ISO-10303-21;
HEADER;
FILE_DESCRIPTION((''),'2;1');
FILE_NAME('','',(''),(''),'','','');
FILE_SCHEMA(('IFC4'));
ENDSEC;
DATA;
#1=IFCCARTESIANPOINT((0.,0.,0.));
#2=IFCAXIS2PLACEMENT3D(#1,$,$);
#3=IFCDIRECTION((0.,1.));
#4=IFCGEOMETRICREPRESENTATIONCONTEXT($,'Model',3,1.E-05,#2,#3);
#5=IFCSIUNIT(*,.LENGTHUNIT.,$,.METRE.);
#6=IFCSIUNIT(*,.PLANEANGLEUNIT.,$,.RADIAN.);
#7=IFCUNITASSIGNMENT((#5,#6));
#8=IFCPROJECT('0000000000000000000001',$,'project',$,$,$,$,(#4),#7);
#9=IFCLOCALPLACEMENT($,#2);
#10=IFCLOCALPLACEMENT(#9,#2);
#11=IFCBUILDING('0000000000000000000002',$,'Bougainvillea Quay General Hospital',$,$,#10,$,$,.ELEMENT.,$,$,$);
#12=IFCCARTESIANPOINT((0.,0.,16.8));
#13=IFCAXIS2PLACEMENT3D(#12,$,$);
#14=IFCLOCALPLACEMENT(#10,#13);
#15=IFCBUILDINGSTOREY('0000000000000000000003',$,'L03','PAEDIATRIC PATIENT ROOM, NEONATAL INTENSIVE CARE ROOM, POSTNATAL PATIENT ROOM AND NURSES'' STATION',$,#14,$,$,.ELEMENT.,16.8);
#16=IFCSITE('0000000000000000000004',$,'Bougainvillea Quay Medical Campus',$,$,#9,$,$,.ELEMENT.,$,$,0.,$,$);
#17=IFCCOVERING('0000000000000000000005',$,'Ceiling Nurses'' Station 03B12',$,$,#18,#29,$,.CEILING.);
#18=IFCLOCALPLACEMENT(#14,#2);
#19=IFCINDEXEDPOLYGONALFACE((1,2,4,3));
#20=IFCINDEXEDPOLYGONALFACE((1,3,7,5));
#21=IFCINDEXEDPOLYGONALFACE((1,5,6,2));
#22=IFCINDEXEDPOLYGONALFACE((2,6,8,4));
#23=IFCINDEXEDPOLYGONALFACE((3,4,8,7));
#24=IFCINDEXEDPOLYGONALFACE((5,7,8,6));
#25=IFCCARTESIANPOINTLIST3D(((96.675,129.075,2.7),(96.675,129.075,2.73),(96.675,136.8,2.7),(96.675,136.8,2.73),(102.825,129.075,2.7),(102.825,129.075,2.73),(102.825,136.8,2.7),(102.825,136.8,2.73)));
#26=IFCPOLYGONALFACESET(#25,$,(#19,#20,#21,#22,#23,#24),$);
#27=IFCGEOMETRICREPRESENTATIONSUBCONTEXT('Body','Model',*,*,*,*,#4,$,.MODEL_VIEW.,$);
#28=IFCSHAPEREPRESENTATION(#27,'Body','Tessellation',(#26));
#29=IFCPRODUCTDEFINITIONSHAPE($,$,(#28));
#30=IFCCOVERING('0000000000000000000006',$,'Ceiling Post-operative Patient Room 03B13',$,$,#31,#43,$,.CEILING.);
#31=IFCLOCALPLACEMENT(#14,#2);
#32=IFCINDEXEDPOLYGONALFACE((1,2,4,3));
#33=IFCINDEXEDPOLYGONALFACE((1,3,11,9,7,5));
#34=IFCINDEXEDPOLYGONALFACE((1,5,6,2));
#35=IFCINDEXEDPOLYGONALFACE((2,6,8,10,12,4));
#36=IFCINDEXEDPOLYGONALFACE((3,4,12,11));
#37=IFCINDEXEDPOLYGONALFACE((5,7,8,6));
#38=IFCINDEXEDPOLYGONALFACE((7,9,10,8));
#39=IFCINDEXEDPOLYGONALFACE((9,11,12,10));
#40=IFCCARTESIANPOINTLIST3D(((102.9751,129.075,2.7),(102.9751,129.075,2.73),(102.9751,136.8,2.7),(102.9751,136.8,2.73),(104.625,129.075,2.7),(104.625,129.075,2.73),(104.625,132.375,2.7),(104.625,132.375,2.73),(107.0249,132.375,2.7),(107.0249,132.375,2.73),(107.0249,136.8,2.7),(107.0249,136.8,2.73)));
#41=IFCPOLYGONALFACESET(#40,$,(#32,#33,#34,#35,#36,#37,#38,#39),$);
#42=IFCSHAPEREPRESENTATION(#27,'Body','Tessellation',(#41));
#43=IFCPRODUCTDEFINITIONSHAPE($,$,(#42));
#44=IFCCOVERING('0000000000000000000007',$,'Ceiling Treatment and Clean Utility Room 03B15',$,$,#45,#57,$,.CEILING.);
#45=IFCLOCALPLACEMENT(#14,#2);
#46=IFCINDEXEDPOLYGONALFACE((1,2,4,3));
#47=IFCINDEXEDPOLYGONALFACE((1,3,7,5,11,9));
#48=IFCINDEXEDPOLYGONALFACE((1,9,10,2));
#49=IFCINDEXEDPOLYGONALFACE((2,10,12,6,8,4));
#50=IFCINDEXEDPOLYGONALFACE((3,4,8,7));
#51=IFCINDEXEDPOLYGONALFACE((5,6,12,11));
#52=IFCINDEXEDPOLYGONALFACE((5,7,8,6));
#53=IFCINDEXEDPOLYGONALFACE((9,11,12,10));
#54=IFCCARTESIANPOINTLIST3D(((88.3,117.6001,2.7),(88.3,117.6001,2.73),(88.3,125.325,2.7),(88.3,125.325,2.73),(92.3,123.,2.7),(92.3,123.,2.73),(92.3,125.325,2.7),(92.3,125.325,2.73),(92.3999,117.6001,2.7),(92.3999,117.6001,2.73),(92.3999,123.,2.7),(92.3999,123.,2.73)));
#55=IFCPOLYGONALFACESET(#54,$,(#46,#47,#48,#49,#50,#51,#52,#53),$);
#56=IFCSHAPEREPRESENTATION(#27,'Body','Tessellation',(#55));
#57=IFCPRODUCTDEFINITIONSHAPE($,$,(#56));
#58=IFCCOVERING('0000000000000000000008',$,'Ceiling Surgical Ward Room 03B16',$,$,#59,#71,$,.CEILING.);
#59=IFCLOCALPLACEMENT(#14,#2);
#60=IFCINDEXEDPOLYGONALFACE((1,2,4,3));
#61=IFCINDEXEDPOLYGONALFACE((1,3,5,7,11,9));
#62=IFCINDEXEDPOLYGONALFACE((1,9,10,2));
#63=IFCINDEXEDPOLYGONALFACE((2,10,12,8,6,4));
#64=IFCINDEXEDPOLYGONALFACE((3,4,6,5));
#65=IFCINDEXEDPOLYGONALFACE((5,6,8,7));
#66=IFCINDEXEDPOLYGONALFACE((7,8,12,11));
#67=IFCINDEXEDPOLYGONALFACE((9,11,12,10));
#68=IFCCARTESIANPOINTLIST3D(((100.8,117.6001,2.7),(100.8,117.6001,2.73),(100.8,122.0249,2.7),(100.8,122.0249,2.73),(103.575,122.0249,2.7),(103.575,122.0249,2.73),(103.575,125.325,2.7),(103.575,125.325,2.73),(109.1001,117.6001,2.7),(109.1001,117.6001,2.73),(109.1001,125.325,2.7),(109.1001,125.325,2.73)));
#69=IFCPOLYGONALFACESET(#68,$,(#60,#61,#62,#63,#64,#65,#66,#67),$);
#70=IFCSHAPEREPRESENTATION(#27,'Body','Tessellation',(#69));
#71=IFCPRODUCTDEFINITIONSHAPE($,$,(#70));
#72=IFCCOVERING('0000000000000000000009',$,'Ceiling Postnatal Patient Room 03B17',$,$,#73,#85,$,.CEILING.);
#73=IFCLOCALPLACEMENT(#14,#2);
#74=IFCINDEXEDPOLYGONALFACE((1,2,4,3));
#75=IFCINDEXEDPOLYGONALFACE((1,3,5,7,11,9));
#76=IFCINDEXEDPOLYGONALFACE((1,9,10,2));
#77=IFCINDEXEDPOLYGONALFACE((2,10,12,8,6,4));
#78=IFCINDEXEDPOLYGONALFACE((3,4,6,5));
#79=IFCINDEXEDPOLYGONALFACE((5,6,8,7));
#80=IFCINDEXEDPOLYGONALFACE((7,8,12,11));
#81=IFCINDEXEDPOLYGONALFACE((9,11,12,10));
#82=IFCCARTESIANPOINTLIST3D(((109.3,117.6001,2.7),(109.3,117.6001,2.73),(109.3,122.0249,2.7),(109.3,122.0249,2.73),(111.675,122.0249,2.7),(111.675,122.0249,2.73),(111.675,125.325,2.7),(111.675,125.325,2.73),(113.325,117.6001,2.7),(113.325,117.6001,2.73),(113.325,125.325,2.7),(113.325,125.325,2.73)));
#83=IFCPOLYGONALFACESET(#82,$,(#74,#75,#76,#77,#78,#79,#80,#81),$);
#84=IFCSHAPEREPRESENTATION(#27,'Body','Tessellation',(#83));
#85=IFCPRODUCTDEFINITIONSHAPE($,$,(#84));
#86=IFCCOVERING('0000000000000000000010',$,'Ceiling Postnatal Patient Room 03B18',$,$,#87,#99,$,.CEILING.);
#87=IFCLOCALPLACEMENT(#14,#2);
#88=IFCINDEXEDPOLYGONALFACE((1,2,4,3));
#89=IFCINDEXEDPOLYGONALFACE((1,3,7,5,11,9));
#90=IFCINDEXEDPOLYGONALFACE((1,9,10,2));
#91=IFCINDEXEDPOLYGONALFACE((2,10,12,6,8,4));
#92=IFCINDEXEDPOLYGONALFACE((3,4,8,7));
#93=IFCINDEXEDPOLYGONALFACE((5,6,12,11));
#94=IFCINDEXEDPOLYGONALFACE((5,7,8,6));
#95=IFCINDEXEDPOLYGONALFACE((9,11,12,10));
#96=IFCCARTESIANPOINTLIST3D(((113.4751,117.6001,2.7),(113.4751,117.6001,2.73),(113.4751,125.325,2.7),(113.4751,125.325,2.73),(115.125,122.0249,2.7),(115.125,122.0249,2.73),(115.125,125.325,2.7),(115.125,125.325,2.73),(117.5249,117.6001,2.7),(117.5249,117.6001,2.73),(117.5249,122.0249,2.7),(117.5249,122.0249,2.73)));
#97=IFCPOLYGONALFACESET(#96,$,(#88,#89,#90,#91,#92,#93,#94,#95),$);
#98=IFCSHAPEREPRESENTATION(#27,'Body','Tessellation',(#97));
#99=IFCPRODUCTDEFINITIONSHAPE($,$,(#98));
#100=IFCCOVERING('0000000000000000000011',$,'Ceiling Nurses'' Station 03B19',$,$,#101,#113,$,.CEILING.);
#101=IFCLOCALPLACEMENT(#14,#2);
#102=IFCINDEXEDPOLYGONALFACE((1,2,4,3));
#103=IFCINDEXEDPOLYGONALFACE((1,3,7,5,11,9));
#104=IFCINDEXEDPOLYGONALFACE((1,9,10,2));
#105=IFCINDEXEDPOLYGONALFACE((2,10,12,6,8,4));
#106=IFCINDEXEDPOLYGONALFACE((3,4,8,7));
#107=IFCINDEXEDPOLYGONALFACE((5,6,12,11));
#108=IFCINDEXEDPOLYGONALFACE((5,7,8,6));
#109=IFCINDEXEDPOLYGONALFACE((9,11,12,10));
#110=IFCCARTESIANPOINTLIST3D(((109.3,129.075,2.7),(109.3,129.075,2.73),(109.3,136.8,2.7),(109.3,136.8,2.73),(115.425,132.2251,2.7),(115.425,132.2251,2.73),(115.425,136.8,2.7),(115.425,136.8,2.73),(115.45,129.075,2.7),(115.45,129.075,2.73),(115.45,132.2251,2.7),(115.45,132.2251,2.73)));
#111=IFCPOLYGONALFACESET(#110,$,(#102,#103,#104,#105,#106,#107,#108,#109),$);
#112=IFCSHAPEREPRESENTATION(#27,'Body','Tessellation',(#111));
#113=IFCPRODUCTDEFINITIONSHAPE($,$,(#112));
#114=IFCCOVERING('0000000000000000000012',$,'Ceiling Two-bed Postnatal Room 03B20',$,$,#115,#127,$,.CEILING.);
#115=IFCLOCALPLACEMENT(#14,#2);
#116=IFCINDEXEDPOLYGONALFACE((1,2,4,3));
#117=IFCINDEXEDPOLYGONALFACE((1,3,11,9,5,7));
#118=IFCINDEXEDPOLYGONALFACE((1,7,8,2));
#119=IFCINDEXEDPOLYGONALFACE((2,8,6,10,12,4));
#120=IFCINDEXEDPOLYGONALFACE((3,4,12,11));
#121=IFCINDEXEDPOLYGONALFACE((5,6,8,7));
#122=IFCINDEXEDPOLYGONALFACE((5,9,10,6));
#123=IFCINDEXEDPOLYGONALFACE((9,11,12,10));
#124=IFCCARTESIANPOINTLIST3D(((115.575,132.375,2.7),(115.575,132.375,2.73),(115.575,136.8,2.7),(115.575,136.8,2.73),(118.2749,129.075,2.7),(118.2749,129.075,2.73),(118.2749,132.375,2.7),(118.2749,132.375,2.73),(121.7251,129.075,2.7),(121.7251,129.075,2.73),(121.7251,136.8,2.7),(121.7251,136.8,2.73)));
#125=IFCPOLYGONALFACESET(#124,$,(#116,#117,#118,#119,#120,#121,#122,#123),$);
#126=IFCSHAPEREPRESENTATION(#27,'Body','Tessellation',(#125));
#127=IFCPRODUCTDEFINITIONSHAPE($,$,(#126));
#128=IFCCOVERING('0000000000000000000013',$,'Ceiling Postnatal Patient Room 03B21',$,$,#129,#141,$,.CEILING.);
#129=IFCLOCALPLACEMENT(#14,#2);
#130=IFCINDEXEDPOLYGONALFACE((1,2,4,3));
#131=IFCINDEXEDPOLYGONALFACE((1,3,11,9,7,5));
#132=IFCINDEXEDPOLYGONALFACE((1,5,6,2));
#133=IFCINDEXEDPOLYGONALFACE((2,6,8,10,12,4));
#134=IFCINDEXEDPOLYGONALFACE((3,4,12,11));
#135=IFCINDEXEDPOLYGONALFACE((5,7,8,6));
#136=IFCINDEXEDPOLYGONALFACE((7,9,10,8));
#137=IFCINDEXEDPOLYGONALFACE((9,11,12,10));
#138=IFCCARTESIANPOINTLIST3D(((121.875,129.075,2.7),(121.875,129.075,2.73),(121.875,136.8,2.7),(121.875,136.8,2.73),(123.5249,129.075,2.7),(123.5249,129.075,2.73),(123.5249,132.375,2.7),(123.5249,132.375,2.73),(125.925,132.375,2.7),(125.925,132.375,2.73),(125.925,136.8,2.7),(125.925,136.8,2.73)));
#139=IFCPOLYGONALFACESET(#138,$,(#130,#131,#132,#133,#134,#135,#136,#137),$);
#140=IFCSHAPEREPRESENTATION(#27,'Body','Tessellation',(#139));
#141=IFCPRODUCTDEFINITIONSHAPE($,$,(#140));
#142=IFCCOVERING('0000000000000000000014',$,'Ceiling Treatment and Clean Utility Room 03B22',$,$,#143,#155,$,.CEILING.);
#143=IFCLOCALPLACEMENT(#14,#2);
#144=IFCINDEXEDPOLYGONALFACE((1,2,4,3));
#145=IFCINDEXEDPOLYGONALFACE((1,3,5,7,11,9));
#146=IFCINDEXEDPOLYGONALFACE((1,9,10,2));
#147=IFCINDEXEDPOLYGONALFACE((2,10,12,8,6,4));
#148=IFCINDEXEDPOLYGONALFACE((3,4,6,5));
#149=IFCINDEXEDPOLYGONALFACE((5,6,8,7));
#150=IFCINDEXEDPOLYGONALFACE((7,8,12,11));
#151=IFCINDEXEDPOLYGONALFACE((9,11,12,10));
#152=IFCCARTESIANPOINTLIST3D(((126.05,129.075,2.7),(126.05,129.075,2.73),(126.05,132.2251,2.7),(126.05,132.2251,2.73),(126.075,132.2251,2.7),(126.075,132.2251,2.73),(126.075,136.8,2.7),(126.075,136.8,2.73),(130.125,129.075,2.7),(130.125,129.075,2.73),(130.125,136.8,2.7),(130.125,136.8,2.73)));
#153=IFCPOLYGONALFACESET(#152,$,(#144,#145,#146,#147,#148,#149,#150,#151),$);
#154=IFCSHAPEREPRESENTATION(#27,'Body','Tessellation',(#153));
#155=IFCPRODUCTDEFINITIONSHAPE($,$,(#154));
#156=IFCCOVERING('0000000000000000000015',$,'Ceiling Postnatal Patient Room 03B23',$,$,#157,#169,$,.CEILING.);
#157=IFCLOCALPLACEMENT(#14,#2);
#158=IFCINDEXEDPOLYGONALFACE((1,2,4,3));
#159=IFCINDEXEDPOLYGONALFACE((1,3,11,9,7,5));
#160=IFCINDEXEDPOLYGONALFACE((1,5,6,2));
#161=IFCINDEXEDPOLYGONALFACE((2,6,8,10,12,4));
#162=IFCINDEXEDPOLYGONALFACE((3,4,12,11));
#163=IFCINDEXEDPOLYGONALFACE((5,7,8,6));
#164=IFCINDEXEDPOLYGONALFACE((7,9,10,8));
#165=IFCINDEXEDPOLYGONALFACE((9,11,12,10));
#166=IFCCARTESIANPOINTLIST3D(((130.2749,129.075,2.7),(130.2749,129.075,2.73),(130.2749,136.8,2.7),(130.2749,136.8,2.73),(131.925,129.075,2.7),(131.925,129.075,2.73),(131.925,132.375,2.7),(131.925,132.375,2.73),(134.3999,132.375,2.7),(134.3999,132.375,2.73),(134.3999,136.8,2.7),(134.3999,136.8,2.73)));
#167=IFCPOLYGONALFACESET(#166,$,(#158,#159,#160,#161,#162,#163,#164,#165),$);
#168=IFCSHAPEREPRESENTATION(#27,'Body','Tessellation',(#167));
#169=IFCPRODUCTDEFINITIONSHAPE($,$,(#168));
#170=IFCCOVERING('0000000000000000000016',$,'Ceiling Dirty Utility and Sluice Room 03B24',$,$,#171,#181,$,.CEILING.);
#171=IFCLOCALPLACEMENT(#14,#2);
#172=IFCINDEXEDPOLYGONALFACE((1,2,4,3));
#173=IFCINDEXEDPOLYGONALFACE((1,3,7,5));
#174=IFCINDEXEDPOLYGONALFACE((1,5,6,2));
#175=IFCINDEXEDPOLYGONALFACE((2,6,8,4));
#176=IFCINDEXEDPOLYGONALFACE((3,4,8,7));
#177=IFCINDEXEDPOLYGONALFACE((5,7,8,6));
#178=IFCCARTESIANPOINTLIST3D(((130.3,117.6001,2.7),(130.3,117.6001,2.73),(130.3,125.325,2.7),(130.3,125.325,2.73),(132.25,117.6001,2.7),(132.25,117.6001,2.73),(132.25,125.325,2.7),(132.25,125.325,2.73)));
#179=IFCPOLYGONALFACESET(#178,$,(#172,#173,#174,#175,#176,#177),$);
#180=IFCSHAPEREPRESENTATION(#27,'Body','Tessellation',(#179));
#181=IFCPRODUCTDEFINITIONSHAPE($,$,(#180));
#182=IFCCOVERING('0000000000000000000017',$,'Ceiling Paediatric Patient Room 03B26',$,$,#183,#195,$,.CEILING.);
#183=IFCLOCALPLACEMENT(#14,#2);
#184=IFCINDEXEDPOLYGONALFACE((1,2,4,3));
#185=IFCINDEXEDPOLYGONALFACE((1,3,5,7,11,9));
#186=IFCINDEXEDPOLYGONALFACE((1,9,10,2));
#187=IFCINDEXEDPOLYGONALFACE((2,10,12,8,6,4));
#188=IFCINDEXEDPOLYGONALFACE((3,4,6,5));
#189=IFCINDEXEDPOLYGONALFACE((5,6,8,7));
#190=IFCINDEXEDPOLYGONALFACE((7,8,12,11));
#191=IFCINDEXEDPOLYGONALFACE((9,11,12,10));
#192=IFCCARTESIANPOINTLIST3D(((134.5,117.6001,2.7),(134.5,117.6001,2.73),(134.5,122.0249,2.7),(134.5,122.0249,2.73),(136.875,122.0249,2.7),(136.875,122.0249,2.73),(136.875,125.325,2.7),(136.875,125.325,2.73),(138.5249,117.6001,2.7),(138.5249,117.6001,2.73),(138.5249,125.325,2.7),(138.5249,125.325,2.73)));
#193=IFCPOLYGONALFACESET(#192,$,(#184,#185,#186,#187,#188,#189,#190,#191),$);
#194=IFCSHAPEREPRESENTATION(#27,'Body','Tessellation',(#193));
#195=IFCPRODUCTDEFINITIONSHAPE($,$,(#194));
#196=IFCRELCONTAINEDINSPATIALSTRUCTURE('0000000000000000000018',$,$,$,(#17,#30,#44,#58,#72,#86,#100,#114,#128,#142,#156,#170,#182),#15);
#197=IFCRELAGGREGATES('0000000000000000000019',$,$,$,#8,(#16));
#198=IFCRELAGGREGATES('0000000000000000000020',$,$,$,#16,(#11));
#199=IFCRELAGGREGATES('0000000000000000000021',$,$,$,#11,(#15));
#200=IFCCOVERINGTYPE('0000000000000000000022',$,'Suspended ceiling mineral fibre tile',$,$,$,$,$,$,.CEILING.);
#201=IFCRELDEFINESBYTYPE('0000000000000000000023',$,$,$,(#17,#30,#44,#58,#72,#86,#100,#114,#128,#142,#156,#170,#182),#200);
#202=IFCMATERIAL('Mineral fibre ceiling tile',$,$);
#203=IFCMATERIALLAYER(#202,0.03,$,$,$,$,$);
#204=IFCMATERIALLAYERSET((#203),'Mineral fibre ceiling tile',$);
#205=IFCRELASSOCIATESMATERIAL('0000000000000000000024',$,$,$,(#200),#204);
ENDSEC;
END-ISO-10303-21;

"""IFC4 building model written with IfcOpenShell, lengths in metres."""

from ifc_helpers import new_model, si_unit, direction, frame, origin, place, context, subcontext, project, spatial, polyline, outline, extrude, material, layer, layer_set, type_object, element, save


model = new_model("IFC4")

# Units and contexts
model_context = context("Model", 3, precision=1e-05, world=origin(), true_north=direction((0.0, 1.0)))
body_context = subcontext(model_context, "Body", "Model", "MODEL_VIEW")
ifc_project = project(units=[si_unit("LENGTHUNIT", "METRE"), si_unit("PLANEANGLEUNIT", "RADIAN")], contexts=[model_context])

# Site, building, storey
site_placement = place(None, origin())
site = spatial("IfcSite", under=ifc_project, at=site_placement, Name="Bougainvillea Quay Medical Campus", CompositionType="ELEMENT", RefElevation=0.0)
building_placement = place(site_placement, origin())
building = spatial("IfcBuilding", under=site, at=building_placement, Name="Bougainvillea Quay General Hospital", CompositionType="ELEMENT")
storey_placement = place(building_placement, frame((0.0, 0.0, 16.8)))
storey = spatial("IfcBuildingStorey", under=building, at=storey_placement, Name="L03", Description="PAEDIATRIC PATIENT ROOM, NEONATAL INTENSIVE CARE ROOM, POSTNATAL PATIENT ROOM AND NURSES' STATION", CompositionType="ELEMENT", Elevation=16.8)

# Coverings
ifc_material = material(Name="Mineral fibre ceiling tile")
ifc_layer = layer(ifc_material, 0.03)
ifc_layer_set = layer_set([ifc_layer], Name="Mineral fibre ceiling tile")
covering_type = type_object("IfcCoveringType", Name="Suspended ceiling mineral fibre tile", PredefinedType="CEILING", material=ifc_layer_set)
covering_1_placement = place(storey_placement, frame((0.0, 0.0, 2.7)))
element("IfcCovering", 1, at=covering_1_placement, inside=storey, type_object=covering_type, Name="Ceiling Nurses' Station 03B12", PredefinedType="CEILING", context=body_context, shape_type="SweptSolid", body=[
    extrude(outline(polyline([(96.675, 136.8), (96.675, 129.075), (102.825, 129.075), (102.825, 136.8), (96.675, 136.8)])), origin(), (0.0, 0.0, 1.0), 0.03),
])
covering_2_placement = place(storey_placement, frame((0.0, 0.0, 2.7)))
element("IfcCovering", 2, at=covering_2_placement, inside=storey, type_object=covering_type, Name="Ceiling Post-operative Patient Room 03B13", PredefinedType="CEILING", context=body_context, shape_type="SweptSolid", body=[
    extrude(outline(polyline([(102.9751, 136.8), (102.9751, 129.075), (104.625, 129.075), (104.625, 132.375), (107.0249, 132.375), (107.0249, 136.8), (102.9751, 136.8)])), origin(), (0.0, 0.0, 1.0), 0.03),
])
covering_3_placement = place(storey_placement, frame((0.0, 0.0, 2.7)))
element("IfcCovering", 3, at=covering_3_placement, inside=storey, type_object=covering_type, Name="Ceiling Treatment and Clean Utility Room 03B15", PredefinedType="CEILING", context=body_context, shape_type="SweptSolid", body=[
    extrude(outline(polyline([(92.3999, 123.0), (92.3, 123.0), (92.3, 125.325), (88.3, 125.325), (88.3, 117.6001), (92.3999, 117.6001), (92.3999, 123.0)])), origin(), (0.0, 0.0, 1.0), 0.03),
])
covering_4_placement = place(storey_placement, frame((0.0, 0.0, 2.7)))
element("IfcCovering", 4, at=covering_4_placement, inside=storey, type_object=covering_type, Name="Ceiling Surgical Ward Room 03B16", PredefinedType="CEILING", context=body_context, shape_type="SweptSolid", body=[
    extrude(outline(polyline([(109.1001, 117.6001), (109.1001, 125.325), (103.575, 125.325), (103.575, 122.0249), (100.8, 122.0249), (100.8, 117.6001), (109.1001, 117.6001)])), origin(), (0.0, 0.0, 1.0), 0.03),
])
covering_5_placement = place(storey_placement, frame((0.0, 0.0, 2.7)))
element("IfcCovering", 5, at=covering_5_placement, inside=storey, type_object=covering_type, Name="Ceiling Postnatal Patient Room 03B17", PredefinedType="CEILING", context=body_context, shape_type="SweptSolid", body=[
    extrude(outline(polyline([(113.325, 117.6001), (113.325, 125.325), (111.675, 125.325), (111.675, 122.0249), (109.3, 122.0249), (109.3, 117.6001), (113.325, 117.6001)])), origin(), (0.0, 0.0, 1.0), 0.03),
])
covering_6_placement = place(storey_placement, frame((0.0, 0.0, 2.7)))
element("IfcCovering", 6, at=covering_6_placement, inside=storey, type_object=covering_type, Name="Ceiling Postnatal Patient Room 03B18", PredefinedType="CEILING", context=body_context, shape_type="SweptSolid", body=[
    extrude(outline(polyline([(117.5249, 117.6001), (117.5249, 122.0249), (115.125, 122.0249), (115.125, 125.325), (113.4751, 125.325), (113.4751, 117.6001), (117.5249, 117.6001)])), origin(), (0.0, 0.0, 1.0), 0.03),
])
covering_7_placement = place(storey_placement, frame((0.0, 0.0, 2.7)))
element("IfcCovering", 7, at=covering_7_placement, inside=storey, type_object=covering_type, Name="Ceiling Nurses' Station 03B19", PredefinedType="CEILING", context=body_context, shape_type="SweptSolid", body=[
    extrude(outline(polyline([(109.3, 136.8), (109.3, 129.075), (115.45, 129.075), (115.45, 132.2251), (115.425, 132.2251), (115.425, 136.8), (109.3, 136.8)])), origin(), (0.0, 0.0, 1.0), 0.03),
])
covering_8_placement = place(storey_placement, frame((0.0, 0.0, 2.7)))
element("IfcCovering", 8, at=covering_8_placement, inside=storey, type_object=covering_type, Name="Ceiling Two-bed Postnatal Room 03B20", PredefinedType="CEILING", context=body_context, shape_type="SweptSolid", body=[
    extrude(outline(polyline([(115.575, 136.8), (115.575, 132.375), (118.2749, 132.375), (118.2749, 129.075), (121.7251, 129.075), (121.7251, 136.8), (115.575, 136.8)])), origin(), (0.0, 0.0, 1.0), 0.03),
])
covering_9_placement = place(storey_placement, frame((0.0, 0.0, 2.7)))
element("IfcCovering", 9, at=covering_9_placement, inside=storey, type_object=covering_type, Name="Ceiling Postnatal Patient Room 03B21", PredefinedType="CEILING", context=body_context, shape_type="SweptSolid", body=[
    extrude(outline(polyline([(121.875, 136.8), (121.875, 129.075), (123.5249, 129.075), (123.5249, 132.375), (125.925, 132.375), (125.925, 136.8), (121.875, 136.8)])), origin(), (0.0, 0.0, 1.0), 0.03),
])
covering_10_placement = place(storey_placement, frame((0.0, 0.0, 2.7)))
element("IfcCovering", 10, at=covering_10_placement, inside=storey, type_object=covering_type, Name="Ceiling Treatment and Clean Utility Room 03B22", PredefinedType="CEILING", context=body_context, shape_type="SweptSolid", body=[
    extrude(outline(polyline([(126.075, 136.8), (126.075, 132.2251), (126.05, 132.2251), (126.05, 129.075), (130.125, 129.075), (130.125, 136.8), (126.075, 136.8)])), origin(), (0.0, 0.0, 1.0), 0.03),
])
covering_11_placement = place(storey_placement, frame((0.0, 0.0, 2.7)))
element("IfcCovering", 11, at=covering_11_placement, inside=storey, type_object=covering_type, Name="Ceiling Postnatal Patient Room 03B23", PredefinedType="CEILING", context=body_context, shape_type="SweptSolid", body=[
    extrude(outline(polyline([(130.2749, 136.8), (130.2749, 129.075), (131.925, 129.075), (131.925, 132.375), (134.3999, 132.375), (134.3999, 136.8), (130.2749, 136.8)])), origin(), (0.0, 0.0, 1.0), 0.03),
])
covering_12_placement = place(storey_placement, frame((0.0, 0.0, 2.7)))
element("IfcCovering", 12, at=covering_12_placement, inside=storey, type_object=covering_type, Name="Ceiling Dirty Utility and Sluice Room 03B24", PredefinedType="CEILING", context=body_context, shape_type="SweptSolid", body=[
    extrude(outline(polyline([(132.25, 117.6001), (132.25, 125.325), (130.3, 125.325), (130.3, 117.6001), (132.25, 117.6001)])), origin(), (0.0, 0.0, 1.0), 0.03),
])
covering_13_placement = place(storey_placement, frame((0.0, 0.0, 2.7)))
element("IfcCovering", 13, at=covering_13_placement, inside=storey, type_object=covering_type, Name="Ceiling Paediatric Patient Room 03B26", PredefinedType="CEILING", context=body_context, shape_type="SweptSolid", body=[
    extrude(outline(polyline([(138.5249, 117.6001), (138.5249, 125.325), (136.875, 125.325), (136.875, 122.0249), (134.5, 122.0249), (134.5, 117.6001), (138.5249, 117.6001)])), origin(), (0.0, 0.0, 1.0), 0.03),
])

save(model, "model.ifc")
